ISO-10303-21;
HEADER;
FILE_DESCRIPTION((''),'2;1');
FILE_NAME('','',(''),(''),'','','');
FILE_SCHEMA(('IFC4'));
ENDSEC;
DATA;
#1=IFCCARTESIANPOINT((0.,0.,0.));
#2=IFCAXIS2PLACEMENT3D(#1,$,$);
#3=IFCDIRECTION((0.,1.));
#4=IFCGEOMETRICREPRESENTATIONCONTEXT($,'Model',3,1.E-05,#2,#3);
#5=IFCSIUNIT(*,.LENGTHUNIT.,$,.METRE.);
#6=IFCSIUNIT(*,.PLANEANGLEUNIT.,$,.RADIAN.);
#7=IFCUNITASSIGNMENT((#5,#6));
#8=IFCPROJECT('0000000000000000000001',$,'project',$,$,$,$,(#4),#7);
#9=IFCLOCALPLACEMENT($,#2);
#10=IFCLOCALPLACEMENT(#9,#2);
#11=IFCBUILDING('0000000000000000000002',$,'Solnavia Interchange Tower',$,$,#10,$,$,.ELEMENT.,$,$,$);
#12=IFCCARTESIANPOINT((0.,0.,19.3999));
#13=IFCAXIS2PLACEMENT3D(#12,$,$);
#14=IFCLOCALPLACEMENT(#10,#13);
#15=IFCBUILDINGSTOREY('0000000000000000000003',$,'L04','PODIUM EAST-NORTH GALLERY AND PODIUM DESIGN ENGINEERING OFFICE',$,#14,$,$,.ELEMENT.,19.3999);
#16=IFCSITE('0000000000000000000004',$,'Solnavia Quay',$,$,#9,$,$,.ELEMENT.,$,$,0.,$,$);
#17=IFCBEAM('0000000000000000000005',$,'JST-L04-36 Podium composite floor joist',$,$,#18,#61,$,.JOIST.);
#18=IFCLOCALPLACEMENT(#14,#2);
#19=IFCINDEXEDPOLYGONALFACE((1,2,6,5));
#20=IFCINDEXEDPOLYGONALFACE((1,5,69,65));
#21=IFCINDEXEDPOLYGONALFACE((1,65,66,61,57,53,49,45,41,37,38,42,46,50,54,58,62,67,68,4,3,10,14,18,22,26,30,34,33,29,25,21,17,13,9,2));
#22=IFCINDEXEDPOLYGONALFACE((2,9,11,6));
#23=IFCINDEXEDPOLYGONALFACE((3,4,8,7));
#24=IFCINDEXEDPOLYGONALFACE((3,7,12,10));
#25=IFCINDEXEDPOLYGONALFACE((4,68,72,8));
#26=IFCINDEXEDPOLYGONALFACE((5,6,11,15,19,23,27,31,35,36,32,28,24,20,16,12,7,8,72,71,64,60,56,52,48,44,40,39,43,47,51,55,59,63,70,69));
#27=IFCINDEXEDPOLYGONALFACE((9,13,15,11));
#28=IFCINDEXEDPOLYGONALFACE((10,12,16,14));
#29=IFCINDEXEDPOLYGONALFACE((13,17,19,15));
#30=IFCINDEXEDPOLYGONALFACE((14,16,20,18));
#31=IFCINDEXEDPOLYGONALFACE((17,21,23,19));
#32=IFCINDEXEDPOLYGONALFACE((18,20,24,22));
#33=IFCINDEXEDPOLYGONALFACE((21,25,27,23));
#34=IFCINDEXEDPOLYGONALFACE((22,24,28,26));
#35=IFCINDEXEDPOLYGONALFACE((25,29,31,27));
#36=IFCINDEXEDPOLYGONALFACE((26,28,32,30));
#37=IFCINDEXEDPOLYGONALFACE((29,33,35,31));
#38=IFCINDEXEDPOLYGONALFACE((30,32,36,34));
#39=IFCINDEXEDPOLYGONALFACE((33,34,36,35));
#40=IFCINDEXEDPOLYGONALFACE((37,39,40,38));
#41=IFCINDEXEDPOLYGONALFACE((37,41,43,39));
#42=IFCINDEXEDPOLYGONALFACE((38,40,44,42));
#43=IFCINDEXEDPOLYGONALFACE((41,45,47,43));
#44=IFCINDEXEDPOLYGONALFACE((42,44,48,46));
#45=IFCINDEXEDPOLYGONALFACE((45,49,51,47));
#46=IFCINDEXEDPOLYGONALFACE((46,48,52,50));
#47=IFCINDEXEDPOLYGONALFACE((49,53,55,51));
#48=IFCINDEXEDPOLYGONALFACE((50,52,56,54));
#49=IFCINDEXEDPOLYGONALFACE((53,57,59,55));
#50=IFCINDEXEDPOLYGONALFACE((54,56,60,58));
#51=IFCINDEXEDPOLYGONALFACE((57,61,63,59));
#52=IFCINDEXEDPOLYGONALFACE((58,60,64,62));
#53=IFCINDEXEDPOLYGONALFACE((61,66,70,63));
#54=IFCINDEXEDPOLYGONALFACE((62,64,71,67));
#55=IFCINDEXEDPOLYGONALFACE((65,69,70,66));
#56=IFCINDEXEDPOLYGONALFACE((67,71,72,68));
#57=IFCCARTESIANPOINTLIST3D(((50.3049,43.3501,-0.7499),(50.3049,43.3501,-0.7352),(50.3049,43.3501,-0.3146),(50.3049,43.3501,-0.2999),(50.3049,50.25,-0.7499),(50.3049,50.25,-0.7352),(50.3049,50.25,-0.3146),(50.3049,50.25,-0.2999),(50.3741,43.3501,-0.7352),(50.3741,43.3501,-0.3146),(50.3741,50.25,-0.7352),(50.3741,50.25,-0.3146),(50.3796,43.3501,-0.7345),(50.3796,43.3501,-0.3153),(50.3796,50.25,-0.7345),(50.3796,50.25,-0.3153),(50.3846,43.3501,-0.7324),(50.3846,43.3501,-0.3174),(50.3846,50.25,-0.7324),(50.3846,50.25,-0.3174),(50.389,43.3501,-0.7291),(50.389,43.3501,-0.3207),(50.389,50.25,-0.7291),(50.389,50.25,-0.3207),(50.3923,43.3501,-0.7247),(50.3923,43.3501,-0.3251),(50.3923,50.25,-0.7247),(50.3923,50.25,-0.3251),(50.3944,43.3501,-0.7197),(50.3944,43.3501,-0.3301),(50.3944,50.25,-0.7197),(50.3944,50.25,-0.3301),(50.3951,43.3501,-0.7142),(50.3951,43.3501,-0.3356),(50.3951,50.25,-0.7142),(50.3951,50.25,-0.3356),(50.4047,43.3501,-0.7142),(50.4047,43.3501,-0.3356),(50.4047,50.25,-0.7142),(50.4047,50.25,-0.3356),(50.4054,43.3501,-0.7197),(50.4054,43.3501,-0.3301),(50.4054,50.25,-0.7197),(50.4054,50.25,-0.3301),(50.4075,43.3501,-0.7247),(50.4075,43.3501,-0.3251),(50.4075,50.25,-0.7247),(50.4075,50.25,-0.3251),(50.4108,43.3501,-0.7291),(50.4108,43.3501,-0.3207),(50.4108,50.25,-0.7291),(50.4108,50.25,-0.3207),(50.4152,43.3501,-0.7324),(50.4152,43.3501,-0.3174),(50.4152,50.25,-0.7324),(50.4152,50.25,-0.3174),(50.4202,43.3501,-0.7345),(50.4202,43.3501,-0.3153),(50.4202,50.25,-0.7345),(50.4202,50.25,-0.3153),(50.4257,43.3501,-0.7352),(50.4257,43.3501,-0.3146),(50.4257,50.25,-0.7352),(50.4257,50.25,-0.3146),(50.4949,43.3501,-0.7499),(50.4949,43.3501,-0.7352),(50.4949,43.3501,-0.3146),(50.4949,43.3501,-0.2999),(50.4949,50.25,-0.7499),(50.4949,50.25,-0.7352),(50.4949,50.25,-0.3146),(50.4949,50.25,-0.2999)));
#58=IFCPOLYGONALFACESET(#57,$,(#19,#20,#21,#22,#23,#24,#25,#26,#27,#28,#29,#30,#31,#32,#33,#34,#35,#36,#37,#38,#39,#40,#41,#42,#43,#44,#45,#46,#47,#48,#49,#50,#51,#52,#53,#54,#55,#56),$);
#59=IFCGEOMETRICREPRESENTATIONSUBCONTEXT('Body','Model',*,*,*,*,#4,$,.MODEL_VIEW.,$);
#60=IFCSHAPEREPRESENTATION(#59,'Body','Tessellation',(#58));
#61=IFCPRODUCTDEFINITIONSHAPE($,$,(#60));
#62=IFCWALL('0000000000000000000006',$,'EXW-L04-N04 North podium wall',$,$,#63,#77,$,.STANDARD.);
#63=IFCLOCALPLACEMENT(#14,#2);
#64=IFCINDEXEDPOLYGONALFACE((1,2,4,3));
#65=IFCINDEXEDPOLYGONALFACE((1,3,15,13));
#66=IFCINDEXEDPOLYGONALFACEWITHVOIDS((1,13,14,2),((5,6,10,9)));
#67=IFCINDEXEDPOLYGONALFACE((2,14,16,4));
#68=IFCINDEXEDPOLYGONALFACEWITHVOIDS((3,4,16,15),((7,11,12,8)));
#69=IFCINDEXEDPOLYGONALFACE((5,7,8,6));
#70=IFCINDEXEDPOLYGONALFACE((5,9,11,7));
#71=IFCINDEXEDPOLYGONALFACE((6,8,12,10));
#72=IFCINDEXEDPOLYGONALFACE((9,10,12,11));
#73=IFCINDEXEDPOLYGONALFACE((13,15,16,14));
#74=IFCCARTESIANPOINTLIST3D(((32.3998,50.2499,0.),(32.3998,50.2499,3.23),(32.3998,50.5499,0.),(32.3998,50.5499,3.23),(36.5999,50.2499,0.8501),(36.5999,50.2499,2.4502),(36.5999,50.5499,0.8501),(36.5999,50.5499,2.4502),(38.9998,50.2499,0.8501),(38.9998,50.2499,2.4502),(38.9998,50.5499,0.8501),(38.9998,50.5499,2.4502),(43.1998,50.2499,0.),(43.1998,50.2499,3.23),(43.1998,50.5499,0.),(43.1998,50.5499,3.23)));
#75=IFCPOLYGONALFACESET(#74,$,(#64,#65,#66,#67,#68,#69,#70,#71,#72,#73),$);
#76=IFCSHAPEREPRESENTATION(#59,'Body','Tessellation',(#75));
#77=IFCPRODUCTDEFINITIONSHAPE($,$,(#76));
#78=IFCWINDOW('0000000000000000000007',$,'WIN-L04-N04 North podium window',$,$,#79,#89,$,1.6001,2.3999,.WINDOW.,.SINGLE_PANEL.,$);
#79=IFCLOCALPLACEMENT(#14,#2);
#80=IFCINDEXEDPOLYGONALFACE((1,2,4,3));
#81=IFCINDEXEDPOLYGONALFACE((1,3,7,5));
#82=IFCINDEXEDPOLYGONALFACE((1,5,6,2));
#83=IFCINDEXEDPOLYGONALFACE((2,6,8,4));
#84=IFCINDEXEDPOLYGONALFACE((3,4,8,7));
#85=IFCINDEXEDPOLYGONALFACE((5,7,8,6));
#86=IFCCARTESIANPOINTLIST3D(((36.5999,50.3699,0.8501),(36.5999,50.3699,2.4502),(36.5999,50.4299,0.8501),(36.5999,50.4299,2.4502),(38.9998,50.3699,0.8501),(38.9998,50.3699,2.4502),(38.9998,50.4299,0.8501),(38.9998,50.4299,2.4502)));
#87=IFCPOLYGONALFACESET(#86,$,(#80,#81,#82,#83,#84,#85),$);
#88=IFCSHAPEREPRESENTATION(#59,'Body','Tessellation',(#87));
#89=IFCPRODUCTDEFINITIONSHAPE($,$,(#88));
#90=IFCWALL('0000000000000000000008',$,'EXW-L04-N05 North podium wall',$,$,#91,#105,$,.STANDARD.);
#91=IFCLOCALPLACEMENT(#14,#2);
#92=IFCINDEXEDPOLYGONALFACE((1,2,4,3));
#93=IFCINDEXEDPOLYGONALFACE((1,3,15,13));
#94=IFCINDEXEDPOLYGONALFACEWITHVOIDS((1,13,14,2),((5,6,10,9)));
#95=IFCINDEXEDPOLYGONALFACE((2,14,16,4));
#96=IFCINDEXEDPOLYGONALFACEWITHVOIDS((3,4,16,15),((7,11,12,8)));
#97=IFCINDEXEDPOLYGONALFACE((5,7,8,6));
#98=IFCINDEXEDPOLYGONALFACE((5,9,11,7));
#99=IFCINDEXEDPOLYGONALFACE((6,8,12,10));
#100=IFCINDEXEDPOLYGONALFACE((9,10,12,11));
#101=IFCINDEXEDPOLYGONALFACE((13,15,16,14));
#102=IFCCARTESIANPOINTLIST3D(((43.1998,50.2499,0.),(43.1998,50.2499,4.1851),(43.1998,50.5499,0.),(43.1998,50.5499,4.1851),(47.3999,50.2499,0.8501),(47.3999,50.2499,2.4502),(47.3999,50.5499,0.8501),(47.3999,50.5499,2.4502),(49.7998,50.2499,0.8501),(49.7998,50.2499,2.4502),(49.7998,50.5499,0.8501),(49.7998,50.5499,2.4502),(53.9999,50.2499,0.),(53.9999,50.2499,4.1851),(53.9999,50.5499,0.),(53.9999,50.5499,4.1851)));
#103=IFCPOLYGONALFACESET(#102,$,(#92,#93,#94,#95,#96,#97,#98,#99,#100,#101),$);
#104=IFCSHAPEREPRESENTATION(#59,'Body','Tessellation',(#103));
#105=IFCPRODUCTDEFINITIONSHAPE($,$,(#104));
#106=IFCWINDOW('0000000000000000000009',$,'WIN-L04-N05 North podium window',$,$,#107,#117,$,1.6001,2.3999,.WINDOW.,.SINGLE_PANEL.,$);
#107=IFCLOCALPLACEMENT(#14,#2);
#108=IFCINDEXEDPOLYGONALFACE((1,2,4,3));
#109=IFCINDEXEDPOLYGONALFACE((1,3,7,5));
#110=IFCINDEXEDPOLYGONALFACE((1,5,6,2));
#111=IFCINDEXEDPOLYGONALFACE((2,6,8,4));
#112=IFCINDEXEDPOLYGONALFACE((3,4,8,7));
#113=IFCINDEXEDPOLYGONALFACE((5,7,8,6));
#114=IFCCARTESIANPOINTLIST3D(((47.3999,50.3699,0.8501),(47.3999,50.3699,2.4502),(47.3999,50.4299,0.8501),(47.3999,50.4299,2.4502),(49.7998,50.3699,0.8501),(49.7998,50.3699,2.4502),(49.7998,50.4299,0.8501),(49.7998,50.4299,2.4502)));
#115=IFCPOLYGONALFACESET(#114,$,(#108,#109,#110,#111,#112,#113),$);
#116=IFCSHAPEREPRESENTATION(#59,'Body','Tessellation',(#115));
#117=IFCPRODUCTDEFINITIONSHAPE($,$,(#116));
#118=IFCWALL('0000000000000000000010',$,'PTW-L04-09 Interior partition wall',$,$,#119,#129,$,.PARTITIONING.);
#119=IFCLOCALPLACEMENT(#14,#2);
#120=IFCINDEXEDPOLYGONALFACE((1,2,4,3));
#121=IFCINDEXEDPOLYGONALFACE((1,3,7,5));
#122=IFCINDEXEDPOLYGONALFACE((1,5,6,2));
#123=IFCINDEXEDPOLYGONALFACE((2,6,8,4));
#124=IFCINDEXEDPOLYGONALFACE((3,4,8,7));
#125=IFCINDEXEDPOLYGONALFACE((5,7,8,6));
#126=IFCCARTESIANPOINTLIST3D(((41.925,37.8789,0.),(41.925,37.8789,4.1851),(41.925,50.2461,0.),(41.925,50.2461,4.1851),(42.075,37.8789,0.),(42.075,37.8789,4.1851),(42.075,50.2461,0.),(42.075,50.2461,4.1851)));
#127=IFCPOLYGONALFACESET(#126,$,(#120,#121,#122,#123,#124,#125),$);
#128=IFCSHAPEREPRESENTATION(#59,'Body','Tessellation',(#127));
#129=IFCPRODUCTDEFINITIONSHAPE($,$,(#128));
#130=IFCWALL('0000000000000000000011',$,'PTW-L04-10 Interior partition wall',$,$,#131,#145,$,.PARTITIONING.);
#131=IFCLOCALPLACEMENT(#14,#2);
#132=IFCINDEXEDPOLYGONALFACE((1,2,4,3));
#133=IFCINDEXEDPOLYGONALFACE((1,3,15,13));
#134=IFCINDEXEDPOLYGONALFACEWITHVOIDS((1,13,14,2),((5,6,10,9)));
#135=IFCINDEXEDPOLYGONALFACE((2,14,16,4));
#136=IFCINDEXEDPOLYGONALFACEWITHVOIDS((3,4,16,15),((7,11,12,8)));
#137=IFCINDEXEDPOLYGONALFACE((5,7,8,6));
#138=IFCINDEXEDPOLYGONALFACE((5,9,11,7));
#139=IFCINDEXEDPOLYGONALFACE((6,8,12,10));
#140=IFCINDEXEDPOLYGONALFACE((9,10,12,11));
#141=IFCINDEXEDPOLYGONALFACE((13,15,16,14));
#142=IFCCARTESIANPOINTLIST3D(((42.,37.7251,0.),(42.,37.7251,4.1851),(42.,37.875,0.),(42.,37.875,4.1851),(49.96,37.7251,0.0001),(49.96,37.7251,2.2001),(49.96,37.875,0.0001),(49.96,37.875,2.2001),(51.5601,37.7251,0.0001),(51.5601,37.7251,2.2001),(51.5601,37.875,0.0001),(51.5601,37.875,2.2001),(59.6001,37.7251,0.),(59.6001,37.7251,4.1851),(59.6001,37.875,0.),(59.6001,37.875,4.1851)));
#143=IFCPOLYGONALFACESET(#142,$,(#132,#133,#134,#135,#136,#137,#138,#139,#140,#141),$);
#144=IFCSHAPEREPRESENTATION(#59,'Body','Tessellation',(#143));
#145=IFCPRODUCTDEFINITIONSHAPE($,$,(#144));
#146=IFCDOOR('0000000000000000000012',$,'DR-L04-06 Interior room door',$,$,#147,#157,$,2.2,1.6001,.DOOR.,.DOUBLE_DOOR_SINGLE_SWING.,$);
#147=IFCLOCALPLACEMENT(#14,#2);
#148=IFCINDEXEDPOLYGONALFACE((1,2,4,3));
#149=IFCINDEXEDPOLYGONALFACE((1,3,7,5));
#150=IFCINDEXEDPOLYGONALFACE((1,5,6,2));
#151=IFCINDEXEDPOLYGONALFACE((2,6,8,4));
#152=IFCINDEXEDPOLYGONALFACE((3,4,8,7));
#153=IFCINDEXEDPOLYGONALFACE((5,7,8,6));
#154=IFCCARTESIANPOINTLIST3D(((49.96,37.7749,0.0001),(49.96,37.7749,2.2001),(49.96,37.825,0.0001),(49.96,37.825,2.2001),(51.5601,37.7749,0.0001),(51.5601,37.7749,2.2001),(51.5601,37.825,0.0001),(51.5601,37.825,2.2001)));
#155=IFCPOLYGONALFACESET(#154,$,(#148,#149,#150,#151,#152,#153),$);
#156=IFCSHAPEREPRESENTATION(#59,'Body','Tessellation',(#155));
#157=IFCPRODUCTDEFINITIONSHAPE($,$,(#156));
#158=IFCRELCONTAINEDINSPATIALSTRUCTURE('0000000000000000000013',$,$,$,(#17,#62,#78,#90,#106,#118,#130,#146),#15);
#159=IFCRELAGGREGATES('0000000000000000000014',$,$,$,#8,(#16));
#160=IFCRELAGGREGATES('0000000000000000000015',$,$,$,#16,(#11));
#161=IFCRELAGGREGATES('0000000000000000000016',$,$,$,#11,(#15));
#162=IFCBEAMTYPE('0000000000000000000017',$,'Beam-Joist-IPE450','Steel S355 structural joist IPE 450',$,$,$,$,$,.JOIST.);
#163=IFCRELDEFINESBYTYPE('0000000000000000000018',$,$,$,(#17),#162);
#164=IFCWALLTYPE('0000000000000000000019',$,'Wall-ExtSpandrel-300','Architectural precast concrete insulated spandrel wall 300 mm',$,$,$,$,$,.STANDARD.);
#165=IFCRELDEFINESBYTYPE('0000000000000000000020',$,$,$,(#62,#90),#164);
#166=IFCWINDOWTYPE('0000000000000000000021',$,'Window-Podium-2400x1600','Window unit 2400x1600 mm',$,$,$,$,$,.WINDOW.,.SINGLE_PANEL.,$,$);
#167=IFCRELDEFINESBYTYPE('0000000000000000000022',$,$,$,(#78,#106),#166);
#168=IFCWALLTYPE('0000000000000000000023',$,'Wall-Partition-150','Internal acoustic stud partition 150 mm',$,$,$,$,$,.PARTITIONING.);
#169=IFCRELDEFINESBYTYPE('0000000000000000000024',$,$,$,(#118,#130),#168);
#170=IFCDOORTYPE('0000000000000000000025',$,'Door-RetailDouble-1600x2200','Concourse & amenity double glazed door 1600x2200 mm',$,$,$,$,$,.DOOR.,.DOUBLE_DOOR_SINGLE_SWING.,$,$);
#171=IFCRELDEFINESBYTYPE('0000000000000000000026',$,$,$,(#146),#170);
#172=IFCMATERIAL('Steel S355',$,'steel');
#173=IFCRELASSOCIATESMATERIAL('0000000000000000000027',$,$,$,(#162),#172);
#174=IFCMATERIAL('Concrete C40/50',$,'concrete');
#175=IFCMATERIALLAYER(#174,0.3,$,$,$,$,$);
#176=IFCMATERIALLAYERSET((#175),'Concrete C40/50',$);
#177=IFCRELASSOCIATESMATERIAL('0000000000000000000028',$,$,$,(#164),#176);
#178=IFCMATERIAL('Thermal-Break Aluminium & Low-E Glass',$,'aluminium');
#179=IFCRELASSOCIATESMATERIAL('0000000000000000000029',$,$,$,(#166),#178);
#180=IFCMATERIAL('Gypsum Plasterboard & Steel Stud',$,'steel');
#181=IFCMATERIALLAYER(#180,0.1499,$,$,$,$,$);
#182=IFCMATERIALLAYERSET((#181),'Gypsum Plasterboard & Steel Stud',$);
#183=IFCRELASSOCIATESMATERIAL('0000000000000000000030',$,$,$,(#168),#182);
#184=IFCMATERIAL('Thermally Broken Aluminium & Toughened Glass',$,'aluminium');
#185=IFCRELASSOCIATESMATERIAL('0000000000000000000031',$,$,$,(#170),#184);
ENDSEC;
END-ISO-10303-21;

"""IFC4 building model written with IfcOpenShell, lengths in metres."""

from ifc_helpers import new_model, si_unit, direction, frame, frame_2d, origin, origin_2d, place, context, subcontext, project, spatial, rectangle, i_section, extrude, material, layer, layer_set, material_profile, profile_set, type_object, element, fill, save


model = new_model("IFC4")

# Units and contexts
model_context = context("Model", 3, precision=1e-05, world=origin(), true_north=direction((0.0, 1.0)))
body_context = subcontext(model_context, "Body", "Model", "MODEL_VIEW")
ifc_project = project(units=[si_unit("LENGTHUNIT", "METRE"), si_unit("PLANEANGLEUNIT", "RADIAN")], contexts=[model_context])

# Site, building, storey
site_placement = place(None, origin())
site = spatial("IfcSite", under=ifc_project, at=site_placement, Name="Solnavia Quay", CompositionType="ELEMENT", RefElevation=0.0)
building_placement = place(site_placement, origin())
building = spatial("IfcBuilding", under=site, at=building_placement, Name="Solnavia Interchange Tower", CompositionType="ELEMENT")
storey_placement = place(building_placement, frame((0.0, 0.0, 19.3999)))
storey = spatial("IfcBuildingStorey", under=building, at=storey_placement, Name="L04", Description="PODIUM EAST-NORTH GALLERY AND PODIUM DESIGN ENGINEERING OFFICE", CompositionType="ELEMENT", Elevation=19.3999)

# Beam
ifc_material_1 = material(Name="Steel S355", Category="steel")
ifc_material_profile_1 = material_profile(ifc_material_1, i_section(OverallWidth=0.1899, OverallDepth=0.45, WebThickness=0.0095, FlangeThickness=0.0146, FilletRadius=0.021, at=origin_2d()), Name="IPE 450")
ifc_profile_set_1 = profile_set([ifc_material_profile_1], Name="Steel S355")
beam_type_1 = type_object("IfcBeamType", Name="Beam-Joist-IPE450", Description="Steel S355 structural joist IPE 450", PredefinedType="JOIST", material=ifc_profile_set_1)
beam_1_placement = place(storey_placement, frame((50.3999, 43.3501, -0.5249), z_axis=(0.0, 1.0, 0.0), x_axis=(-1.0, 0.0, 0.0)))
element("IfcBeam", 1, at=beam_1_placement, inside=storey, type_object=beam_type_1, Name="JST-L04-36 Podium composite floor joist", PredefinedType="JOIST", context=body_context, shape_type="SweptSolid", body=[
    extrude(i_section(OverallWidth=0.1899, OverallDepth=0.45, WebThickness=0.0095, FlangeThickness=0.0146, FilletRadius=0.021, at=origin_2d()), origin(), (0.0, 0.0, 1.0), 6.8999),
])

# Walls, openings, windows
ifc_material_2 = material(Name="Concrete C40/50", Category="concrete")
ifc_layer_1 = layer(ifc_material_2, 0.3)
ifc_layer_set_1 = layer_set([ifc_layer_1], Name="Concrete C40/50")
wall_type_1 = type_object("IfcWallType", Name="Wall-ExtSpandrel-300", Description="Architectural precast concrete insulated spandrel wall 300 mm", PredefinedType="STANDARD", material=ifc_layer_set_1)
wall_1_placement = place(storey_placement, frame((32.3999, 50.3999, 0.0), z_axis=(0.0, 0.0, 1.0), x_axis=(1.0, 0.0, 0.0)))
wall_1 = element("IfcWall", 2, at=wall_1_placement, inside=storey, type_object=wall_type_1, Name="EXW-L04-N04 North podium wall", PredefinedType="STANDARD", context=body_context, shape_type="SweptSolid", body=[
    extrude(rectangle(XDim=10.8, YDim=0.3, at=frame_2d((5.3999, 0.0))), origin(), (0.0, 0.0, 1.0), 3.23),
])
opening_1_placement = place(wall_1_placement, frame((4.2, 0.0, 0.8501)))
opening_1 = element("IfcOpeningElement", 3, at=opening_1_placement, cuts=wall_1, PredefinedType="OPENING", context=body_context, shape_type="SweptSolid", body=[
    extrude(rectangle(XDim=2.3999, YDim=1.6001, at=frame_2d((1.2, 0.8))), frame((0.0, 0.1602, 0.0), z_axis=(0.0, -1.0, 0.0), x_axis=(1.0, 0.0, 0.0)), (0.0, 0.0, 1.0), 0.3201),
])
ifc_material_3 = material(Name="Thermal-Break Aluminium & Low-E Glass", Category="aluminium")
window_type = type_object("IfcWindowType", Name="Window-Podium-2400x1600", Description="Window unit 2400x1600 mm", PartitioningType="SINGLE_PANEL", PredefinedType="WINDOW", material=ifc_material_3)
window_1_placement = place(opening_1_placement, origin())
window_1 = element("IfcWindow", 4, at=window_1_placement, inside=storey, type_object=window_type, Name="WIN-L04-N04 North podium window", OverallHeight=1.6001, OverallWidth=2.3999, PartitioningType="SINGLE_PANEL", PredefinedType="WINDOW", context=body_context, shape_type="SweptSolid", body=[
    extrude(rectangle(XDim=2.3999, YDim=1.6001, at=frame_2d((1.2, 0.8))), frame((0.0, 0.03, 0.0), z_axis=(0.0, -1.0, 0.0), x_axis=(1.0, 0.0, 0.0)), (0.0, 0.0, 1.0), 0.0601),
])
fill(opening_1, window_1)
wall_2_placement = place(storey_placement, frame((43.2, 50.3999, 0.0), z_axis=(0.0, 0.0, 1.0), x_axis=(1.0, 0.0, 0.0)))
wall_2 = element("IfcWall", 5, at=wall_2_placement, inside=storey, type_object=wall_type_1, Name="EXW-L04-N05 North podium wall", PredefinedType="STANDARD", context=body_context, shape_type="SweptSolid", body=[
    extrude(rectangle(XDim=10.8, YDim=0.3, at=frame_2d((5.3999, 0.0))), origin(), (0.0, 0.0, 1.0), 4.1851),
])
opening_2_placement = place(wall_2_placement, frame((4.2, 0.0, 0.8501)))
opening_2 = element("IfcOpeningElement", 6, at=opening_2_placement, cuts=wall_2, PredefinedType="OPENING", context=body_context, shape_type="SweptSolid", body=[
    extrude(rectangle(XDim=2.3999, YDim=1.6001, at=frame_2d((1.2, 0.8))), frame((0.0, 0.1602, 0.0), z_axis=(0.0, -1.0, 0.0), x_axis=(1.0, 0.0, 0.0)), (0.0, 0.0, 1.0), 0.3201),
])
window_2_placement = place(opening_2_placement, origin())
window_2 = element("IfcWindow", 7, at=window_2_placement, inside=storey, type_object=window_type, Name="WIN-L04-N05 North podium window", OverallHeight=1.6001, OverallWidth=2.3999, PartitioningType="SINGLE_PANEL", PredefinedType="WINDOW", context=body_context, shape_type="SweptSolid", body=[
    extrude(rectangle(XDim=2.3999, YDim=1.6001, at=frame_2d((1.2, 0.8))), frame((0.0, 0.03, 0.0), z_axis=(0.0, -1.0, 0.0), x_axis=(1.0, 0.0, 0.0)), (0.0, 0.0, 1.0), 0.0601),
])
fill(opening_2, window_2)

# Wall
ifc_material_4 = material(Name="Gypsum Plasterboard & Steel Stud", Category="steel")
ifc_layer_2 = layer(ifc_material_4, 0.1499)
ifc_layer_set_2 = layer_set([ifc_layer_2], Name="Gypsum Plasterboard & Steel Stud")
wall_type_2 = type_object("IfcWallType", Name="Wall-Partition-150", Description="Internal acoustic stud partition 150 mm", PredefinedType="PARTITIONING", material=ifc_layer_set_2)
wall_3_placement = place(storey_placement, frame((42.0, 37.8789, 0.0), z_axis=(0.0, 0.0, 1.0), x_axis=(0.0, 1.0, 0.0)))
element("IfcWall", 8, at=wall_3_placement, inside=storey, type_object=wall_type_2, Name="PTW-L04-09 Interior partition wall", PredefinedType="PARTITIONING", context=body_context, shape_type="SweptSolid", body=[
    extrude(rectangle(XDim=12.3672, YDim=0.1499, at=frame_2d((6.1836, 0.0))), origin(), (0.0, 0.0, 1.0), 4.1851),
])

# Wall, opening, door
wall_4_placement = place(storey_placement, frame((42.0, 37.8, 0.0), z_axis=(0.0, 0.0, 1.0), x_axis=(1.0, 0.0, 0.0)))
wall_4 = element("IfcWall", 9, at=wall_4_placement, inside=storey, type_object=wall_type_2, Name="PTW-L04-10 Interior partition wall", PredefinedType="PARTITIONING", context=body_context, shape_type="SweptSolid", body=[
    extrude(rectangle(XDim=17.6001, YDim=0.1499, at=frame_2d((8.8, 0.0))), origin(), (0.0, 0.0, 1.0), 4.1851),
])
opening_3_placement = place(wall_4_placement, frame((7.96, 0.0, 0.0)))
opening_3 = element("IfcOpeningElement", 10, at=opening_3_placement, cuts=wall_4, PredefinedType="OPENING", context=body_context, shape_type="SweptSolid", body=[
    extrude(rectangle(XDim=1.6001, YDim=2.2, at=frame_2d((0.8, 1.1001))), frame((0.0, 0.085, 0.0), z_axis=(0.0, -1.0, 0.0), x_axis=(1.0, 0.0, 0.0)), (0.0, 0.0, 1.0), 0.1699),
])
ifc_material_5 = material(Name="Thermally Broken Aluminium & Toughened Glass", Category="aluminium")
door_type = type_object("IfcDoorType", Name="Door-RetailDouble-1600x2200", Description="Concourse & amenity double glazed door 1600x2200 mm", OperationType="DOUBLE_DOOR_SINGLE_SWING", PredefinedType="DOOR", material=ifc_material_5)
door_placement = place(opening_3_placement, origin())
door = element("IfcDoor", 11, at=door_placement, inside=storey, type_object=door_type, Name="DR-L04-06 Interior room door", OperationType="DOUBLE_DOOR_SINGLE_SWING", OverallHeight=2.2, OverallWidth=1.6001, PredefinedType="DOOR", context=body_context, shape_type="SweptSolid", body=[
    extrude(rectangle(XDim=1.6001, YDim=2.2, at=frame_2d((0.8, 1.1001))), frame((0.0, 0.0249, 0.0), z_axis=(0.0, -1.0, 0.0), x_axis=(1.0, 0.0, 0.0)), (0.0, 0.0, 1.0), 0.05),
])
fill(opening_3, door)

save(model, "model.ifc")
